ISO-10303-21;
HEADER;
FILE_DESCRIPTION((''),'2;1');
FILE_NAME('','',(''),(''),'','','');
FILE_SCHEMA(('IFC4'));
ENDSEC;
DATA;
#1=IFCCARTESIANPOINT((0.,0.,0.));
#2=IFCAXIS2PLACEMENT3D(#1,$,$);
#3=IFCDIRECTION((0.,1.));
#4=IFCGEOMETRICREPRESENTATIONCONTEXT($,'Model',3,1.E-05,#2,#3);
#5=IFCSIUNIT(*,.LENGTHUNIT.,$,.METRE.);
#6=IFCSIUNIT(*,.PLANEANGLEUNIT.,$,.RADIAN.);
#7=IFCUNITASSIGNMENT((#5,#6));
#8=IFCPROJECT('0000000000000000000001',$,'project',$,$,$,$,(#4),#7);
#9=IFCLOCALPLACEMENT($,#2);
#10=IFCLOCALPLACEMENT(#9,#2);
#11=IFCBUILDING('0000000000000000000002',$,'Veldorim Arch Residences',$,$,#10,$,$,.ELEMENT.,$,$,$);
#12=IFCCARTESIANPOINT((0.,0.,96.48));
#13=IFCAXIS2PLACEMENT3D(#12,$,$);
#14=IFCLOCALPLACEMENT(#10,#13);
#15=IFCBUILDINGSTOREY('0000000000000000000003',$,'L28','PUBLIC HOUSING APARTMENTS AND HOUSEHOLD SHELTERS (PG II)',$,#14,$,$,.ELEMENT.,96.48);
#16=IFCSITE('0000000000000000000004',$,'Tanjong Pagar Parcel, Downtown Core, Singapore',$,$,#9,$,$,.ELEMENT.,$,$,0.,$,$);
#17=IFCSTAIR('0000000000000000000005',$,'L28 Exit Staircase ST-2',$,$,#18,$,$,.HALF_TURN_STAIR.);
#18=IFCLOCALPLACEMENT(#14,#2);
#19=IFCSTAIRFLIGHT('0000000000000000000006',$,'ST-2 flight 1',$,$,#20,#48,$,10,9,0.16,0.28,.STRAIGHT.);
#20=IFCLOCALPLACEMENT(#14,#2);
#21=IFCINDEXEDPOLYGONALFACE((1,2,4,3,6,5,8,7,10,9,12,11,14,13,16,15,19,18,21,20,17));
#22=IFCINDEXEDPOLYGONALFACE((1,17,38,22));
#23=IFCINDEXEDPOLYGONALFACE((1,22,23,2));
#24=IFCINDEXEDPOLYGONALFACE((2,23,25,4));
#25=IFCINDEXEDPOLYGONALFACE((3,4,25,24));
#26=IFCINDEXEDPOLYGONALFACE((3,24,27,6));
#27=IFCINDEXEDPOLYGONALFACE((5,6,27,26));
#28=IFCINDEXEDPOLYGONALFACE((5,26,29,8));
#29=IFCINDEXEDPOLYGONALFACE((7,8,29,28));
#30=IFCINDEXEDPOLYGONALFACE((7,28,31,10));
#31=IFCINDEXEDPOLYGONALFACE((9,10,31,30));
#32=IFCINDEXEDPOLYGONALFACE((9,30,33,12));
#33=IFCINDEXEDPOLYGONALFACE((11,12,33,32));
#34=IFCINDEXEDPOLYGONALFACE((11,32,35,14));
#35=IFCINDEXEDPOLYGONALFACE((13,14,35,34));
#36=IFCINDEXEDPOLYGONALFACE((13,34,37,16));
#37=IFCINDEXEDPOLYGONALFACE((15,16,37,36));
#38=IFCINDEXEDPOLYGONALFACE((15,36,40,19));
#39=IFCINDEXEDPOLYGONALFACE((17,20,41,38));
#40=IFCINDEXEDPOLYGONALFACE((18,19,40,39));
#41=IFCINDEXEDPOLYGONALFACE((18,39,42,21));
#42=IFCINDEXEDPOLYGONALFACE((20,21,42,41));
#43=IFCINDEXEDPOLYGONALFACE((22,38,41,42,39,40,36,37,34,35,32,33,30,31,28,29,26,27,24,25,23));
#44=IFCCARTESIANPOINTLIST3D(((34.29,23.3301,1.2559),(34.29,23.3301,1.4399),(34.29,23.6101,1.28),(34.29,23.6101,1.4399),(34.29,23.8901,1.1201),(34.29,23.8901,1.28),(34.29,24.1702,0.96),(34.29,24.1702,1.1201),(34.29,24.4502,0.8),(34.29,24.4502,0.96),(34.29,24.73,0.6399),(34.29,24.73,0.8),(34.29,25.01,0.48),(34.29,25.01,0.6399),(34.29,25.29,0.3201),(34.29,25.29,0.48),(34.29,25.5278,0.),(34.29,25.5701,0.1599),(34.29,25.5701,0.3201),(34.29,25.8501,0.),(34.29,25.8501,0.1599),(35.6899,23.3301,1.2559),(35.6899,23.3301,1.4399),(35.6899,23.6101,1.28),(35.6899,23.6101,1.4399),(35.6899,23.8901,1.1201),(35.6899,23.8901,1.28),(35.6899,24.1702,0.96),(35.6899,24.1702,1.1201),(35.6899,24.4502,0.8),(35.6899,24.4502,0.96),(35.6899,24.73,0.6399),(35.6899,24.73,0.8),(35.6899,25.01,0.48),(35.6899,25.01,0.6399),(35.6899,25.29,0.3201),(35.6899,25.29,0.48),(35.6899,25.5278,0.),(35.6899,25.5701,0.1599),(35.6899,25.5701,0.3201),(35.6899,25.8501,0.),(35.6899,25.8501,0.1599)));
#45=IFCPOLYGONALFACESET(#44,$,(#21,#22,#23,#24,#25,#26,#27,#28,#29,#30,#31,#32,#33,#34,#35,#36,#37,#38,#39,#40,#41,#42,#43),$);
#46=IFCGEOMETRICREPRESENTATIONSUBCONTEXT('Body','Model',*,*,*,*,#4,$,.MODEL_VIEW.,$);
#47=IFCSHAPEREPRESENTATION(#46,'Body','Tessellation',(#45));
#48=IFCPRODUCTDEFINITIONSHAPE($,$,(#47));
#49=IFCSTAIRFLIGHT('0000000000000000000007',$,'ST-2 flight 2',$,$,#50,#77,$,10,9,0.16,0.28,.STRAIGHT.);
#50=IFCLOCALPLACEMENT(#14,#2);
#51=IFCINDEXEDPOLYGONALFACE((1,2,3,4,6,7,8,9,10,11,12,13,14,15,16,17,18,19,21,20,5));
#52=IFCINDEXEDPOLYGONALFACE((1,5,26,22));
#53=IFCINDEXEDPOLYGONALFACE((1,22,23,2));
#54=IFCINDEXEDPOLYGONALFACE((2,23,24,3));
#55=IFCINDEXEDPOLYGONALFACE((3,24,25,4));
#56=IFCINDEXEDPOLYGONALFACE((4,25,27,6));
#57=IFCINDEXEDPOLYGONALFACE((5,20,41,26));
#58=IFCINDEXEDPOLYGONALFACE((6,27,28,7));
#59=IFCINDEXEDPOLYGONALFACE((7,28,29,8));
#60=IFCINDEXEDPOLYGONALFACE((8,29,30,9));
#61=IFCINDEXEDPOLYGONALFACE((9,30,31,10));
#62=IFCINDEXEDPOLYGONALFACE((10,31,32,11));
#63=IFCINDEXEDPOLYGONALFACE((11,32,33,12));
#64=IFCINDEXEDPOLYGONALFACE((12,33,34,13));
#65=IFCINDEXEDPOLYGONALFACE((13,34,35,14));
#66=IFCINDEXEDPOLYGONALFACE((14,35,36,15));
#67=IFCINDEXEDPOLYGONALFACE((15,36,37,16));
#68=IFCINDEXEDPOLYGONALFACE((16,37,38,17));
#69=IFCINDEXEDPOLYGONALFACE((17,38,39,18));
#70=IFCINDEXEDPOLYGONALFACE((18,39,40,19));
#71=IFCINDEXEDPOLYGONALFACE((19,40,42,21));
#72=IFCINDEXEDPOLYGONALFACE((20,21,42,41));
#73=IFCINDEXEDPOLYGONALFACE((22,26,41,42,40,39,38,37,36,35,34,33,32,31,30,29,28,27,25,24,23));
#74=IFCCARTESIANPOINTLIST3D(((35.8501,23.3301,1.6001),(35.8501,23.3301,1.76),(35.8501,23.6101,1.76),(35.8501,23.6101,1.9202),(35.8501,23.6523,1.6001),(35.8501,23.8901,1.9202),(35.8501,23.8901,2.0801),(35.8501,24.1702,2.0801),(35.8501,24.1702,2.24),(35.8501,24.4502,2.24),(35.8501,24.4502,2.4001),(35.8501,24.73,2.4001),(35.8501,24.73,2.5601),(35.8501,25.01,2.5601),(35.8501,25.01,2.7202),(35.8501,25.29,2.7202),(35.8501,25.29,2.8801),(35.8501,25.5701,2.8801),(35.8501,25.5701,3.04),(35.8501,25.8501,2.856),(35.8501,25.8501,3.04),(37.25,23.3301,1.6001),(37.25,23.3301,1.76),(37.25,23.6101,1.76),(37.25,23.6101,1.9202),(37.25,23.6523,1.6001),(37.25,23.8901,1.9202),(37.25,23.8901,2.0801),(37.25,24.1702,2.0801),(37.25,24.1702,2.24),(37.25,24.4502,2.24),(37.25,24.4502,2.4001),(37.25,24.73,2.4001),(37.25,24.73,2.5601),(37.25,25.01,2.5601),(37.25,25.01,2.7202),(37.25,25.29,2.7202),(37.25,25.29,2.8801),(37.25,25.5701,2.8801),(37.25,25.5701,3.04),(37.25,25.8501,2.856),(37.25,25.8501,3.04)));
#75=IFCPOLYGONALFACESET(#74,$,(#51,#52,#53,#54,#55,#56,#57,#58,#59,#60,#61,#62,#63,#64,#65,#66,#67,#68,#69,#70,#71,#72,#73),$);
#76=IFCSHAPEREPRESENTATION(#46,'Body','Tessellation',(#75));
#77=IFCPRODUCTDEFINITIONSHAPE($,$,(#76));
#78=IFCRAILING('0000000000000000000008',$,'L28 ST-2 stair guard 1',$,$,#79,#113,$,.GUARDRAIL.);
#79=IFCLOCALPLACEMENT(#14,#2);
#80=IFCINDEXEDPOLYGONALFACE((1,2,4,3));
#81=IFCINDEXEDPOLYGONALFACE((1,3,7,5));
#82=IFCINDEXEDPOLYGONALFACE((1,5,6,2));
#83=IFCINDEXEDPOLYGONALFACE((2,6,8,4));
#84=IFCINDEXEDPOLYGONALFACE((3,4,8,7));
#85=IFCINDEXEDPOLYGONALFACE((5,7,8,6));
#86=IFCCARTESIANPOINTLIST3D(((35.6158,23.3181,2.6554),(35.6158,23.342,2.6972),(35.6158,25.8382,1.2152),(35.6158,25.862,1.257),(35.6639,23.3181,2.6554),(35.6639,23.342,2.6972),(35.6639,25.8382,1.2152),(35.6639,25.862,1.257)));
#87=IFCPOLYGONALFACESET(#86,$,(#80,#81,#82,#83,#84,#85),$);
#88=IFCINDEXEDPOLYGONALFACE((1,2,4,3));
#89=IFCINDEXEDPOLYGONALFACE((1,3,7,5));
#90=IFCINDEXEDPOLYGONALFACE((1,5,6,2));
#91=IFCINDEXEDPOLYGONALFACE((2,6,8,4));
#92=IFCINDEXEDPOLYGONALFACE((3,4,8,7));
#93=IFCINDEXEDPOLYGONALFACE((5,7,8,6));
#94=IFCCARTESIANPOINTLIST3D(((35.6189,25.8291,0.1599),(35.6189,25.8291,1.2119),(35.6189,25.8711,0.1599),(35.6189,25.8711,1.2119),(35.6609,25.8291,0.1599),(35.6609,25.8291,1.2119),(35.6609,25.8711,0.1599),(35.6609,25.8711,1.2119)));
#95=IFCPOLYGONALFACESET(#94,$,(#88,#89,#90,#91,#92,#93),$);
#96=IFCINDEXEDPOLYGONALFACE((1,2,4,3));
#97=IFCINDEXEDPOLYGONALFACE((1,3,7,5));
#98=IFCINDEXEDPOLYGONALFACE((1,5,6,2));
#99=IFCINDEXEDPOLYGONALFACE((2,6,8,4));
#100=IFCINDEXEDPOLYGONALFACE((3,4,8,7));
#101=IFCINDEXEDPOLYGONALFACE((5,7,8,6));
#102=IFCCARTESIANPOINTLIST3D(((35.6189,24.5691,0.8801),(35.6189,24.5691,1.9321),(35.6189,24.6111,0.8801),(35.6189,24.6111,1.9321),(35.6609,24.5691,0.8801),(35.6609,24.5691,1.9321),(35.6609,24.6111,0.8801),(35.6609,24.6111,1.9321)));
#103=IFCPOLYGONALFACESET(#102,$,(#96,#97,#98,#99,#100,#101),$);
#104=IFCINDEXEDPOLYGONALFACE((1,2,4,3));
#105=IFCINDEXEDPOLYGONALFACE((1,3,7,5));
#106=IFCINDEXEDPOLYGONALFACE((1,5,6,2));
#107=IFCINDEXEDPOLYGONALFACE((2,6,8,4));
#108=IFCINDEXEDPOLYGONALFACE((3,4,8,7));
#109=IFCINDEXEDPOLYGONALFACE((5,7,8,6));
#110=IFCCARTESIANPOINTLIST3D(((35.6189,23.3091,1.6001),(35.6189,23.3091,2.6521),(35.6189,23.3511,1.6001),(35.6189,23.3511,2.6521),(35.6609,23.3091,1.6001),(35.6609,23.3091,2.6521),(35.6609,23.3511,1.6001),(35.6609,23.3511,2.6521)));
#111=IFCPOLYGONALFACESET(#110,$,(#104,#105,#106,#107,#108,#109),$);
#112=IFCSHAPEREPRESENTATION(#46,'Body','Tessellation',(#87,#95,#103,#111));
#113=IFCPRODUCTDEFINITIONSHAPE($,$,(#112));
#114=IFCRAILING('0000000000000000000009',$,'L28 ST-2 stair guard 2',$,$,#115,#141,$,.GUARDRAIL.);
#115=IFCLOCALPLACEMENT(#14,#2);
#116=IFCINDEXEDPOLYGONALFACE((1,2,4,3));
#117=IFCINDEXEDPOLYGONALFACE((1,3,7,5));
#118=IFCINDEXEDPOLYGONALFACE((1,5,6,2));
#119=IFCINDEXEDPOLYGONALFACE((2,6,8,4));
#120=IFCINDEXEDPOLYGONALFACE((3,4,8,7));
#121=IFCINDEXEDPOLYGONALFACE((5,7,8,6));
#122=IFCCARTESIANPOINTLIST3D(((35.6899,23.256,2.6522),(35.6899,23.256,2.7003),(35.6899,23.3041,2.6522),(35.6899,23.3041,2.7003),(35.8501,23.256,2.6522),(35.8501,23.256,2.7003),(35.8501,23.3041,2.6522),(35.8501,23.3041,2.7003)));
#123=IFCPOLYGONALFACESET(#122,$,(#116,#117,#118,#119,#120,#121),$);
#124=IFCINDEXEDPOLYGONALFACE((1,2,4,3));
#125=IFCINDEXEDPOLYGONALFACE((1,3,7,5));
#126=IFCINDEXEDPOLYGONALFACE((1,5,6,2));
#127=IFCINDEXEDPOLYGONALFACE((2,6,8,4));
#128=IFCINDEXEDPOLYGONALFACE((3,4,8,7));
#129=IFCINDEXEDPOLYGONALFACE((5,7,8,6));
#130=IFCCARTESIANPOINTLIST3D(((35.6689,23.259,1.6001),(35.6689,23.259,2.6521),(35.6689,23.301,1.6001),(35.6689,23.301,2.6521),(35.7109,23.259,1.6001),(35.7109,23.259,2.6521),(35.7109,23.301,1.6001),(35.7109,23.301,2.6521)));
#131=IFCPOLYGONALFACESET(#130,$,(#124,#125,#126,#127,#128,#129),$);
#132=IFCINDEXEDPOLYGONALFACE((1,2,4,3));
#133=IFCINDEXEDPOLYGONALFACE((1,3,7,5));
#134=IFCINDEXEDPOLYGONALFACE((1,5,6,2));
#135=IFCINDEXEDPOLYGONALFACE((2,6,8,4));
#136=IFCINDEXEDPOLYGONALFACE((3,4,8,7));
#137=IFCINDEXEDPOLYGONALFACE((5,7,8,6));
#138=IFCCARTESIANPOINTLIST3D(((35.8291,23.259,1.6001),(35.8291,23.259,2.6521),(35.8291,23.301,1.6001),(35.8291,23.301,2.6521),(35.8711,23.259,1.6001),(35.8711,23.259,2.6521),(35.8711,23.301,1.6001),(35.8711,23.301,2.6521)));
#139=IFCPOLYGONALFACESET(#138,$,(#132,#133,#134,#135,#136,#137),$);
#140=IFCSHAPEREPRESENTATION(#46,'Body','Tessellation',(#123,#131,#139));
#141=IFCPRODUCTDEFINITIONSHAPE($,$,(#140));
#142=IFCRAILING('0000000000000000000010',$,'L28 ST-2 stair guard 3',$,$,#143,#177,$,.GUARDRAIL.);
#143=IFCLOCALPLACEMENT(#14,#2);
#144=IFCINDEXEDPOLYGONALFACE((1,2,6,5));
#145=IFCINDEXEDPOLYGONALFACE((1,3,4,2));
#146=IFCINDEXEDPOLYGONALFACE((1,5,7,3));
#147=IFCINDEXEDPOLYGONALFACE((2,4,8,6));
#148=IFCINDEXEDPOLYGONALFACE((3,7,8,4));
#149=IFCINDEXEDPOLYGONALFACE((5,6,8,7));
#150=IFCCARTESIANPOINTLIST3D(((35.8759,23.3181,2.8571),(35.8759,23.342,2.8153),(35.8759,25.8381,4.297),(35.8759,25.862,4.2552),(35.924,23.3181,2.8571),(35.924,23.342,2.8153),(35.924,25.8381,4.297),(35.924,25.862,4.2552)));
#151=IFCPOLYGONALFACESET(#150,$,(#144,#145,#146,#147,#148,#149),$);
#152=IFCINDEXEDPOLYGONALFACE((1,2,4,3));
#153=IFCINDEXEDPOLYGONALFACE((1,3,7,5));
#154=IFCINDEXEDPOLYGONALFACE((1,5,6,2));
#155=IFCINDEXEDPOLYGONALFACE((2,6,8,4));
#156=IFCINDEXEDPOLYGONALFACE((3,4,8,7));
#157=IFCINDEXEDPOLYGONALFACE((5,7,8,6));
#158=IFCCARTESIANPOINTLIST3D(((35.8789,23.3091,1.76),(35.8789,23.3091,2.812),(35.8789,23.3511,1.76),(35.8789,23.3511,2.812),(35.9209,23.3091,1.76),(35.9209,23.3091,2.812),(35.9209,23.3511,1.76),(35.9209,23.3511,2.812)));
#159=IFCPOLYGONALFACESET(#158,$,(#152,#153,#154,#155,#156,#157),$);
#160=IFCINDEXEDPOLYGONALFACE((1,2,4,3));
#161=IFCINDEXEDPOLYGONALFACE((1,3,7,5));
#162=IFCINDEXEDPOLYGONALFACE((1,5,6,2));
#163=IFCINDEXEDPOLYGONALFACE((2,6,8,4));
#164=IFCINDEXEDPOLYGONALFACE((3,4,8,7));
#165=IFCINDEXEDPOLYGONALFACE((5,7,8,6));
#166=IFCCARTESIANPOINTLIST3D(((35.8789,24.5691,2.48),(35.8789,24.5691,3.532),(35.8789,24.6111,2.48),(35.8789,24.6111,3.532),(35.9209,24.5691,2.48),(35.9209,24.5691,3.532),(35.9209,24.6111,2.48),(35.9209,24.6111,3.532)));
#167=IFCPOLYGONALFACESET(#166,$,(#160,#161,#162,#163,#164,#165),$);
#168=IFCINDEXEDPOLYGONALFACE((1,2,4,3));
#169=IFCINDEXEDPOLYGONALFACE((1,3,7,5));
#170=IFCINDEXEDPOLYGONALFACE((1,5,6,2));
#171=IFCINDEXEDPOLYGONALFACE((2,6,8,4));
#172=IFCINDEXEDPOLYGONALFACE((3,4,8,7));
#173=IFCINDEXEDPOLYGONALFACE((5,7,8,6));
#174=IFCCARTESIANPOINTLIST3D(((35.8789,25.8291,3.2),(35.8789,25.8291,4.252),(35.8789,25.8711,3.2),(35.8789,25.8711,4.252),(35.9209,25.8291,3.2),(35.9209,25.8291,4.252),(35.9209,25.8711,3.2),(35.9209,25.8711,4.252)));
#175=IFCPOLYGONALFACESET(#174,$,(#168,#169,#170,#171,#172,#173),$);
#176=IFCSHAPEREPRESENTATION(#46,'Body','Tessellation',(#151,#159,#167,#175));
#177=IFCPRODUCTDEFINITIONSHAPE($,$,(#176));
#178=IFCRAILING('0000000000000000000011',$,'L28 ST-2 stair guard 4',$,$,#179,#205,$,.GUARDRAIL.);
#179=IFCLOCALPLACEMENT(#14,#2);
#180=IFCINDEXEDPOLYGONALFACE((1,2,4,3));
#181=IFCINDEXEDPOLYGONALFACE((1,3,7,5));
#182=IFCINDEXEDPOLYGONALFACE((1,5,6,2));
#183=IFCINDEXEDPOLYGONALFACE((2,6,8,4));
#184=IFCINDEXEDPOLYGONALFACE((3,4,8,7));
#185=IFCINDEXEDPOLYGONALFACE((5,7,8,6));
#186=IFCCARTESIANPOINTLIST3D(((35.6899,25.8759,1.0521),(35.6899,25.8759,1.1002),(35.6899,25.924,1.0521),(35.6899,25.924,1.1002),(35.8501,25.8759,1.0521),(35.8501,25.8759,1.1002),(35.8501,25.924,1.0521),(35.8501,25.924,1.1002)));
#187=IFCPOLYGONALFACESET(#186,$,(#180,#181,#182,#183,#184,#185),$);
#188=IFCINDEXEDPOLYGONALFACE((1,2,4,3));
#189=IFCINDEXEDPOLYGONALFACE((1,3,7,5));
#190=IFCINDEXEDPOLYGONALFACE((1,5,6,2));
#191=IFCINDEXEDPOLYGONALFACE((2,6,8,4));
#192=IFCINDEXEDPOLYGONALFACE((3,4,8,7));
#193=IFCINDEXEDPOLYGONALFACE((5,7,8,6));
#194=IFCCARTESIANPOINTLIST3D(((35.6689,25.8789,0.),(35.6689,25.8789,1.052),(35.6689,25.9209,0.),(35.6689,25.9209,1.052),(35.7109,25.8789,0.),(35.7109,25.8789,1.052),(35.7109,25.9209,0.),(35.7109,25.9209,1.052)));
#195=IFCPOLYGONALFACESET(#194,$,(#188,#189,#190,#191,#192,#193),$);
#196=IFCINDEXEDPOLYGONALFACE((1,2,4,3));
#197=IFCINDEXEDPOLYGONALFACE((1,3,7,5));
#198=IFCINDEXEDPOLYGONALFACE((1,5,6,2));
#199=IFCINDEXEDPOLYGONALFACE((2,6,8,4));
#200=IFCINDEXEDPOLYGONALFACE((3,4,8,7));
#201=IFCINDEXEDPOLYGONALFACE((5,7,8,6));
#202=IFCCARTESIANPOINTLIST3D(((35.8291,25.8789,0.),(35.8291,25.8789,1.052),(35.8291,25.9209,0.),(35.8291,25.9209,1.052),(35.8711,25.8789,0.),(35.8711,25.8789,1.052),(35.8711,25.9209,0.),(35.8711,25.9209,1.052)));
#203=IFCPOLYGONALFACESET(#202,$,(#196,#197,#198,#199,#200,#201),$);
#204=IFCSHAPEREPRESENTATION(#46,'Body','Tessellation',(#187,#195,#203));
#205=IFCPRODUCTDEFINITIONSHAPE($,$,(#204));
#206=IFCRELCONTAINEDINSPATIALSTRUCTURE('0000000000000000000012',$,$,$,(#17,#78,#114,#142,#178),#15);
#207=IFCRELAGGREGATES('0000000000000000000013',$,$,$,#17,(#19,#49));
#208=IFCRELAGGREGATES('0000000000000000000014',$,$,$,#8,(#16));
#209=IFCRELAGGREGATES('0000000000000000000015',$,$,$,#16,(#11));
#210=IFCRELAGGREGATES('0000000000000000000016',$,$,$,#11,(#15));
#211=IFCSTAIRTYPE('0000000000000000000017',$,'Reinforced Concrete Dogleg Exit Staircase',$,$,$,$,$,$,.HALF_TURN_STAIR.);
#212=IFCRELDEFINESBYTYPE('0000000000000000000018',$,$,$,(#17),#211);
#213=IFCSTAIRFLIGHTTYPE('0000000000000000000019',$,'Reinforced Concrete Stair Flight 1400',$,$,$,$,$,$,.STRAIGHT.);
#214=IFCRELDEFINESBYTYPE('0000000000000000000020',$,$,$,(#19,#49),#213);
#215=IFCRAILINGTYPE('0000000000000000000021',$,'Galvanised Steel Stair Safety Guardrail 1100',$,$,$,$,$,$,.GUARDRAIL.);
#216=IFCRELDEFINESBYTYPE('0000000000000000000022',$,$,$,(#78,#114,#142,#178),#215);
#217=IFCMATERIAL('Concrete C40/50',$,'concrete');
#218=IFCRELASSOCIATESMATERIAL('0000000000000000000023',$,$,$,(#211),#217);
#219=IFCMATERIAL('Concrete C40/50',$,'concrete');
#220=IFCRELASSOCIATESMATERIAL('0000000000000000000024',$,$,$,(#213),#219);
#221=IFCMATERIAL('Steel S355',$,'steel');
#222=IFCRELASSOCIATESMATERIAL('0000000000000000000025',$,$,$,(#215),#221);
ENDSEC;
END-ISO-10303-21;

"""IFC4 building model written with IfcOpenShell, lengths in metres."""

from ifc_helpers import new_model, si_unit, direction, frame, origin, origin_2d, place, context, subcontext, project, spatial, polyline, rectangle, outline, extrude, material, type_object, element, aggregate, save


model = new_model("IFC4")

# Units and contexts
model_context = context("Model", 3, precision=1e-05, world=origin(), true_north=direction((0.0, 1.0)))
body_context = subcontext(model_context, "Body", "Model", "MODEL_VIEW")
ifc_project = project(units=[si_unit("LENGTHUNIT", "METRE"), si_unit("PLANEANGLEUNIT", "RADIAN")], contexts=[model_context])

# Site, building, storey
site_placement = place(None, origin())
site = spatial("IfcSite", under=ifc_project, at=site_placement, Name="Tanjong Pagar Parcel, Downtown Core, Singapore", CompositionType="ELEMENT", RefElevation=0.0)
building_placement = place(site_placement, origin())
building = spatial("IfcBuilding", under=site, at=building_placement, Name="Veldorim Arch Residences", CompositionType="ELEMENT")
storey_placement = place(building_placement, frame((0.0, 0.0, 96.48)))
storey = spatial("IfcBuildingStorey", under=building, at=storey_placement, Name="L28", Description="PUBLIC HOUSING APARTMENTS AND HOUSEHOLD SHELTERS (PG II)", CompositionType="ELEMENT", Elevation=96.48)

# Stair, stair flights
ifc_material_1 = material(Name="Concrete C40/50", Category="concrete")
stair_type = type_object("IfcStairType", Name="Reinforced Concrete Dogleg Exit Staircase", PredefinedType="HALF_TURN_STAIR", material=ifc_material_1)
stair_placement = place(storey_placement, origin())
stair = element("IfcStair", 1, at=stair_placement, inside=storey, type_object=stair_type, Name="L28 Exit Staircase ST-2", PredefinedType="HALF_TURN_STAIR")
ifc_material_2 = material(Name="Concrete C40/50", Category="concrete")
stair_flight_type = type_object("IfcStairFlightType", Name="Reinforced Concrete Stair Flight 1400", PredefinedType="STRAIGHT", material=ifc_material_2)
stair_flight_1_placement = place(storey_placement, frame((34.99, 25.8501, 0.0), z_axis=(0.0, 0.0, 1.0), x_axis=(0.0, -1.0, 0.0)))
stair_flight_1 = element("IfcStairFlight", 2, at=stair_flight_1_placement, type_object=stair_flight_type, Name="ST-2 flight 1", NumberOfRisers=10, NumberOfTreads=9, PredefinedType="STRAIGHT", RiserHeight=0.16, TreadLength=0.28, context=body_context, shape_type="SweptSolid", body=[
    extrude(outline(polyline([(0.0, 0.0), (0.0, 0.1599), (0.28, 0.1599), (0.28, 0.3201), (0.5601, 0.3201), (0.5601, 0.48), (0.8401, 0.48), (0.8401, 0.6399), (1.1201, 0.6399), (1.1201, 0.8), (1.3999, 0.8), (1.3999, 0.96), (1.6799, 0.96), (1.6799, 1.1201), (1.96, 1.1201), (1.96, 1.28), (2.24, 1.28), (2.24, 1.4399), (2.52, 1.4399), (2.52, 1.6001), (2.52, 1.2559), (0.3223, 0.0), (0.0, 0.0)])), frame((0.0, 0.7, 0.0), z_axis=(0.0, -1.0, 0.0), x_axis=(1.0, 0.0, 0.0)), (0.0, 0.0, 1.0), 1.3999),
])
stair_flight_2_placement = place(storey_placement, frame((36.55, 23.3301, 1.6001), z_axis=(0.0, 0.0, 1.0), x_axis=(0.0, 1.0, 0.0)))
stair_flight_2 = element("IfcStairFlight", 3, at=stair_flight_2_placement, type_object=stair_flight_type, Name="ST-2 flight 2", NumberOfRisers=10, NumberOfTreads=9, PredefinedType="STRAIGHT", RiserHeight=0.16, TreadLength=0.28, context=body_context, shape_type="SweptSolid", body=[
    extrude(outline(polyline([(0.0, 0.0), (0.0, 0.1599), (0.28, 0.1599), (0.28, 0.3201), (0.5601, 0.3201), (0.5601, 0.48), (0.8401, 0.48), (0.8401, 0.6399), (1.1201, 0.6399), (1.1201, 0.8), (1.3999, 0.8), (1.3999, 0.96), (1.6799, 0.96), (1.6799, 1.1201), (1.96, 1.1201), (1.96, 1.28), (2.24, 1.28), (2.24, 1.4399), (2.52, 1.4399), (2.52, 1.6001), (2.52, 1.2559), (0.3223, 0.0), (0.0, 0.0)])), frame((0.0, 0.7, 0.0), z_axis=(0.0, -1.0, 0.0), x_axis=(1.0, 0.0, 0.0)), (0.0, 0.0, 1.0), 1.3999),
])
aggregate(stair, [stair_flight_1, stair_flight_2])

# Railings
ifc_material_3 = material(Name="Steel S355", Category="steel")
railing_type_1 = type_object("IfcRailingType", Name="Galvanised Steel Stair Safety Guardrail 1100", PredefinedType="GUARDRAIL", material=ifc_material_3)
railing_1_placement = place(storey_placement, frame((35.6399, 25.8501, 0.1599)))
element("IfcRailing", 4, at=railing_1_placement, inside=storey, type_object=railing_type_1, Name="L28 ST-2 stair guard 1", PredefinedType="GUARDRAIL", context=body_context, shape_type="SweptSolid", body=[
    extrude(rectangle(XDim=0.0481, YDim=0.0481, at=origin_2d()), frame((0.0, 0.0, 1.0762), z_axis=(0.0, -0.868217, 0.496184), x_axis=(1.0, 0.0, 0.0)), (0.0, 0.0, 1.0), 2.9026),
    extrude(rectangle(XDim=0.042, YDim=0.042, at=origin_2d()), origin(), (0.0, 0.0, 1.0), 1.052),
    extrude(rectangle(XDim=0.042, YDim=0.042, at=origin_2d()), frame((0.0, -1.26, 0.7202)), (0.0, 0.0, 1.0), 1.052),
    extrude(rectangle(XDim=0.042, YDim=0.042, at=origin_2d()), frame((0.0, -2.52, 1.4402)), (0.0, 0.0, 1.0), 1.052),
])
railing_2_placement = place(storey_placement, frame((35.6899, 23.28, 1.6001)))
element("IfcRailing", 5, at=railing_2_placement, inside=storey, type_object=railing_type_1, Name="L28 ST-2 stair guard 2", PredefinedType="GUARDRAIL", context=body_context, shape_type="SweptSolid", body=[
    extrude(rectangle(XDim=0.0481, YDim=0.0481, at=origin_2d()), frame((0.0, 0.0, 1.0762), z_axis=(1.0, 0.0, 0.0), x_axis=(0.0, 1.0, 0.0)), (0.0, 0.0, 1.0), 0.1602),
    extrude(rectangle(XDim=0.042, YDim=0.042, at=origin_2d()), origin(), (0.0, 0.0, 1.0), 1.052),
    extrude(rectangle(XDim=0.042, YDim=0.042, at=origin_2d()), frame((0.1602, 0.0, 0.0)), (0.0, 0.0, 1.0), 1.052),
])
railing_3_placement = place(storey_placement, frame((35.8999, 23.3301, 1.76)))
element("IfcRailing", 6, at=railing_3_placement, inside=storey, type_object=railing_type_1, Name="L28 ST-2 stair guard 3", PredefinedType="GUARDRAIL", context=body_context, shape_type="SweptSolid", body=[
    extrude(rectangle(XDim=0.0481, YDim=0.0481, at=origin_2d()), frame((0.0, 0.0, 1.0762), z_axis=(0.0, 0.868253, 0.496121), x_axis=(-1.0, 0.0, 0.0)), (0.0, 0.0, 1.0), 2.9023),
    extrude(rectangle(XDim=0.042, YDim=0.042, at=origin_2d()), origin(), (0.0, 0.0, 1.0), 1.052),
    extrude(rectangle(XDim=0.042, YDim=0.042, at=origin_2d()), frame((0.0, 1.26, 0.72)), (0.0, 0.0, 1.0), 1.052),
    extrude(rectangle(XDim=0.042, YDim=0.042, at=origin_2d()), frame((0.0, 2.52, 1.4399)), (0.0, 0.0, 1.0), 1.052),
])
railing_4_placement = place(storey_placement, frame((35.6899, 25.8999, 0.0)))
element("IfcRailing", 7, at=railing_4_placement, inside=storey, type_object=railing_type_1, Name="L28 ST-2 stair guard 4", PredefinedType="GUARDRAIL", context=body_context, shape_type="SweptSolid", body=[
    extrude(rectangle(XDim=0.0481, YDim=0.0481, at=origin_2d()), frame((0.0, 0.0, 1.0762), z_axis=(1.0, 0.0, 0.0), x_axis=(0.0, 1.0, 0.0)), (0.0, 0.0, 1.0), 0.1602),
    extrude(rectangle(XDim=0.042, YDim=0.042, at=origin_2d()), origin(), (0.0, 0.0, 1.0), 1.052),
    extrude(rectangle(XDim=0.042, YDim=0.042, at=origin_2d()), frame((0.1602, 0.0, 0.0)), (0.0, 0.0, 1.0), 1.052),
])

save(model, "model.ifc")
